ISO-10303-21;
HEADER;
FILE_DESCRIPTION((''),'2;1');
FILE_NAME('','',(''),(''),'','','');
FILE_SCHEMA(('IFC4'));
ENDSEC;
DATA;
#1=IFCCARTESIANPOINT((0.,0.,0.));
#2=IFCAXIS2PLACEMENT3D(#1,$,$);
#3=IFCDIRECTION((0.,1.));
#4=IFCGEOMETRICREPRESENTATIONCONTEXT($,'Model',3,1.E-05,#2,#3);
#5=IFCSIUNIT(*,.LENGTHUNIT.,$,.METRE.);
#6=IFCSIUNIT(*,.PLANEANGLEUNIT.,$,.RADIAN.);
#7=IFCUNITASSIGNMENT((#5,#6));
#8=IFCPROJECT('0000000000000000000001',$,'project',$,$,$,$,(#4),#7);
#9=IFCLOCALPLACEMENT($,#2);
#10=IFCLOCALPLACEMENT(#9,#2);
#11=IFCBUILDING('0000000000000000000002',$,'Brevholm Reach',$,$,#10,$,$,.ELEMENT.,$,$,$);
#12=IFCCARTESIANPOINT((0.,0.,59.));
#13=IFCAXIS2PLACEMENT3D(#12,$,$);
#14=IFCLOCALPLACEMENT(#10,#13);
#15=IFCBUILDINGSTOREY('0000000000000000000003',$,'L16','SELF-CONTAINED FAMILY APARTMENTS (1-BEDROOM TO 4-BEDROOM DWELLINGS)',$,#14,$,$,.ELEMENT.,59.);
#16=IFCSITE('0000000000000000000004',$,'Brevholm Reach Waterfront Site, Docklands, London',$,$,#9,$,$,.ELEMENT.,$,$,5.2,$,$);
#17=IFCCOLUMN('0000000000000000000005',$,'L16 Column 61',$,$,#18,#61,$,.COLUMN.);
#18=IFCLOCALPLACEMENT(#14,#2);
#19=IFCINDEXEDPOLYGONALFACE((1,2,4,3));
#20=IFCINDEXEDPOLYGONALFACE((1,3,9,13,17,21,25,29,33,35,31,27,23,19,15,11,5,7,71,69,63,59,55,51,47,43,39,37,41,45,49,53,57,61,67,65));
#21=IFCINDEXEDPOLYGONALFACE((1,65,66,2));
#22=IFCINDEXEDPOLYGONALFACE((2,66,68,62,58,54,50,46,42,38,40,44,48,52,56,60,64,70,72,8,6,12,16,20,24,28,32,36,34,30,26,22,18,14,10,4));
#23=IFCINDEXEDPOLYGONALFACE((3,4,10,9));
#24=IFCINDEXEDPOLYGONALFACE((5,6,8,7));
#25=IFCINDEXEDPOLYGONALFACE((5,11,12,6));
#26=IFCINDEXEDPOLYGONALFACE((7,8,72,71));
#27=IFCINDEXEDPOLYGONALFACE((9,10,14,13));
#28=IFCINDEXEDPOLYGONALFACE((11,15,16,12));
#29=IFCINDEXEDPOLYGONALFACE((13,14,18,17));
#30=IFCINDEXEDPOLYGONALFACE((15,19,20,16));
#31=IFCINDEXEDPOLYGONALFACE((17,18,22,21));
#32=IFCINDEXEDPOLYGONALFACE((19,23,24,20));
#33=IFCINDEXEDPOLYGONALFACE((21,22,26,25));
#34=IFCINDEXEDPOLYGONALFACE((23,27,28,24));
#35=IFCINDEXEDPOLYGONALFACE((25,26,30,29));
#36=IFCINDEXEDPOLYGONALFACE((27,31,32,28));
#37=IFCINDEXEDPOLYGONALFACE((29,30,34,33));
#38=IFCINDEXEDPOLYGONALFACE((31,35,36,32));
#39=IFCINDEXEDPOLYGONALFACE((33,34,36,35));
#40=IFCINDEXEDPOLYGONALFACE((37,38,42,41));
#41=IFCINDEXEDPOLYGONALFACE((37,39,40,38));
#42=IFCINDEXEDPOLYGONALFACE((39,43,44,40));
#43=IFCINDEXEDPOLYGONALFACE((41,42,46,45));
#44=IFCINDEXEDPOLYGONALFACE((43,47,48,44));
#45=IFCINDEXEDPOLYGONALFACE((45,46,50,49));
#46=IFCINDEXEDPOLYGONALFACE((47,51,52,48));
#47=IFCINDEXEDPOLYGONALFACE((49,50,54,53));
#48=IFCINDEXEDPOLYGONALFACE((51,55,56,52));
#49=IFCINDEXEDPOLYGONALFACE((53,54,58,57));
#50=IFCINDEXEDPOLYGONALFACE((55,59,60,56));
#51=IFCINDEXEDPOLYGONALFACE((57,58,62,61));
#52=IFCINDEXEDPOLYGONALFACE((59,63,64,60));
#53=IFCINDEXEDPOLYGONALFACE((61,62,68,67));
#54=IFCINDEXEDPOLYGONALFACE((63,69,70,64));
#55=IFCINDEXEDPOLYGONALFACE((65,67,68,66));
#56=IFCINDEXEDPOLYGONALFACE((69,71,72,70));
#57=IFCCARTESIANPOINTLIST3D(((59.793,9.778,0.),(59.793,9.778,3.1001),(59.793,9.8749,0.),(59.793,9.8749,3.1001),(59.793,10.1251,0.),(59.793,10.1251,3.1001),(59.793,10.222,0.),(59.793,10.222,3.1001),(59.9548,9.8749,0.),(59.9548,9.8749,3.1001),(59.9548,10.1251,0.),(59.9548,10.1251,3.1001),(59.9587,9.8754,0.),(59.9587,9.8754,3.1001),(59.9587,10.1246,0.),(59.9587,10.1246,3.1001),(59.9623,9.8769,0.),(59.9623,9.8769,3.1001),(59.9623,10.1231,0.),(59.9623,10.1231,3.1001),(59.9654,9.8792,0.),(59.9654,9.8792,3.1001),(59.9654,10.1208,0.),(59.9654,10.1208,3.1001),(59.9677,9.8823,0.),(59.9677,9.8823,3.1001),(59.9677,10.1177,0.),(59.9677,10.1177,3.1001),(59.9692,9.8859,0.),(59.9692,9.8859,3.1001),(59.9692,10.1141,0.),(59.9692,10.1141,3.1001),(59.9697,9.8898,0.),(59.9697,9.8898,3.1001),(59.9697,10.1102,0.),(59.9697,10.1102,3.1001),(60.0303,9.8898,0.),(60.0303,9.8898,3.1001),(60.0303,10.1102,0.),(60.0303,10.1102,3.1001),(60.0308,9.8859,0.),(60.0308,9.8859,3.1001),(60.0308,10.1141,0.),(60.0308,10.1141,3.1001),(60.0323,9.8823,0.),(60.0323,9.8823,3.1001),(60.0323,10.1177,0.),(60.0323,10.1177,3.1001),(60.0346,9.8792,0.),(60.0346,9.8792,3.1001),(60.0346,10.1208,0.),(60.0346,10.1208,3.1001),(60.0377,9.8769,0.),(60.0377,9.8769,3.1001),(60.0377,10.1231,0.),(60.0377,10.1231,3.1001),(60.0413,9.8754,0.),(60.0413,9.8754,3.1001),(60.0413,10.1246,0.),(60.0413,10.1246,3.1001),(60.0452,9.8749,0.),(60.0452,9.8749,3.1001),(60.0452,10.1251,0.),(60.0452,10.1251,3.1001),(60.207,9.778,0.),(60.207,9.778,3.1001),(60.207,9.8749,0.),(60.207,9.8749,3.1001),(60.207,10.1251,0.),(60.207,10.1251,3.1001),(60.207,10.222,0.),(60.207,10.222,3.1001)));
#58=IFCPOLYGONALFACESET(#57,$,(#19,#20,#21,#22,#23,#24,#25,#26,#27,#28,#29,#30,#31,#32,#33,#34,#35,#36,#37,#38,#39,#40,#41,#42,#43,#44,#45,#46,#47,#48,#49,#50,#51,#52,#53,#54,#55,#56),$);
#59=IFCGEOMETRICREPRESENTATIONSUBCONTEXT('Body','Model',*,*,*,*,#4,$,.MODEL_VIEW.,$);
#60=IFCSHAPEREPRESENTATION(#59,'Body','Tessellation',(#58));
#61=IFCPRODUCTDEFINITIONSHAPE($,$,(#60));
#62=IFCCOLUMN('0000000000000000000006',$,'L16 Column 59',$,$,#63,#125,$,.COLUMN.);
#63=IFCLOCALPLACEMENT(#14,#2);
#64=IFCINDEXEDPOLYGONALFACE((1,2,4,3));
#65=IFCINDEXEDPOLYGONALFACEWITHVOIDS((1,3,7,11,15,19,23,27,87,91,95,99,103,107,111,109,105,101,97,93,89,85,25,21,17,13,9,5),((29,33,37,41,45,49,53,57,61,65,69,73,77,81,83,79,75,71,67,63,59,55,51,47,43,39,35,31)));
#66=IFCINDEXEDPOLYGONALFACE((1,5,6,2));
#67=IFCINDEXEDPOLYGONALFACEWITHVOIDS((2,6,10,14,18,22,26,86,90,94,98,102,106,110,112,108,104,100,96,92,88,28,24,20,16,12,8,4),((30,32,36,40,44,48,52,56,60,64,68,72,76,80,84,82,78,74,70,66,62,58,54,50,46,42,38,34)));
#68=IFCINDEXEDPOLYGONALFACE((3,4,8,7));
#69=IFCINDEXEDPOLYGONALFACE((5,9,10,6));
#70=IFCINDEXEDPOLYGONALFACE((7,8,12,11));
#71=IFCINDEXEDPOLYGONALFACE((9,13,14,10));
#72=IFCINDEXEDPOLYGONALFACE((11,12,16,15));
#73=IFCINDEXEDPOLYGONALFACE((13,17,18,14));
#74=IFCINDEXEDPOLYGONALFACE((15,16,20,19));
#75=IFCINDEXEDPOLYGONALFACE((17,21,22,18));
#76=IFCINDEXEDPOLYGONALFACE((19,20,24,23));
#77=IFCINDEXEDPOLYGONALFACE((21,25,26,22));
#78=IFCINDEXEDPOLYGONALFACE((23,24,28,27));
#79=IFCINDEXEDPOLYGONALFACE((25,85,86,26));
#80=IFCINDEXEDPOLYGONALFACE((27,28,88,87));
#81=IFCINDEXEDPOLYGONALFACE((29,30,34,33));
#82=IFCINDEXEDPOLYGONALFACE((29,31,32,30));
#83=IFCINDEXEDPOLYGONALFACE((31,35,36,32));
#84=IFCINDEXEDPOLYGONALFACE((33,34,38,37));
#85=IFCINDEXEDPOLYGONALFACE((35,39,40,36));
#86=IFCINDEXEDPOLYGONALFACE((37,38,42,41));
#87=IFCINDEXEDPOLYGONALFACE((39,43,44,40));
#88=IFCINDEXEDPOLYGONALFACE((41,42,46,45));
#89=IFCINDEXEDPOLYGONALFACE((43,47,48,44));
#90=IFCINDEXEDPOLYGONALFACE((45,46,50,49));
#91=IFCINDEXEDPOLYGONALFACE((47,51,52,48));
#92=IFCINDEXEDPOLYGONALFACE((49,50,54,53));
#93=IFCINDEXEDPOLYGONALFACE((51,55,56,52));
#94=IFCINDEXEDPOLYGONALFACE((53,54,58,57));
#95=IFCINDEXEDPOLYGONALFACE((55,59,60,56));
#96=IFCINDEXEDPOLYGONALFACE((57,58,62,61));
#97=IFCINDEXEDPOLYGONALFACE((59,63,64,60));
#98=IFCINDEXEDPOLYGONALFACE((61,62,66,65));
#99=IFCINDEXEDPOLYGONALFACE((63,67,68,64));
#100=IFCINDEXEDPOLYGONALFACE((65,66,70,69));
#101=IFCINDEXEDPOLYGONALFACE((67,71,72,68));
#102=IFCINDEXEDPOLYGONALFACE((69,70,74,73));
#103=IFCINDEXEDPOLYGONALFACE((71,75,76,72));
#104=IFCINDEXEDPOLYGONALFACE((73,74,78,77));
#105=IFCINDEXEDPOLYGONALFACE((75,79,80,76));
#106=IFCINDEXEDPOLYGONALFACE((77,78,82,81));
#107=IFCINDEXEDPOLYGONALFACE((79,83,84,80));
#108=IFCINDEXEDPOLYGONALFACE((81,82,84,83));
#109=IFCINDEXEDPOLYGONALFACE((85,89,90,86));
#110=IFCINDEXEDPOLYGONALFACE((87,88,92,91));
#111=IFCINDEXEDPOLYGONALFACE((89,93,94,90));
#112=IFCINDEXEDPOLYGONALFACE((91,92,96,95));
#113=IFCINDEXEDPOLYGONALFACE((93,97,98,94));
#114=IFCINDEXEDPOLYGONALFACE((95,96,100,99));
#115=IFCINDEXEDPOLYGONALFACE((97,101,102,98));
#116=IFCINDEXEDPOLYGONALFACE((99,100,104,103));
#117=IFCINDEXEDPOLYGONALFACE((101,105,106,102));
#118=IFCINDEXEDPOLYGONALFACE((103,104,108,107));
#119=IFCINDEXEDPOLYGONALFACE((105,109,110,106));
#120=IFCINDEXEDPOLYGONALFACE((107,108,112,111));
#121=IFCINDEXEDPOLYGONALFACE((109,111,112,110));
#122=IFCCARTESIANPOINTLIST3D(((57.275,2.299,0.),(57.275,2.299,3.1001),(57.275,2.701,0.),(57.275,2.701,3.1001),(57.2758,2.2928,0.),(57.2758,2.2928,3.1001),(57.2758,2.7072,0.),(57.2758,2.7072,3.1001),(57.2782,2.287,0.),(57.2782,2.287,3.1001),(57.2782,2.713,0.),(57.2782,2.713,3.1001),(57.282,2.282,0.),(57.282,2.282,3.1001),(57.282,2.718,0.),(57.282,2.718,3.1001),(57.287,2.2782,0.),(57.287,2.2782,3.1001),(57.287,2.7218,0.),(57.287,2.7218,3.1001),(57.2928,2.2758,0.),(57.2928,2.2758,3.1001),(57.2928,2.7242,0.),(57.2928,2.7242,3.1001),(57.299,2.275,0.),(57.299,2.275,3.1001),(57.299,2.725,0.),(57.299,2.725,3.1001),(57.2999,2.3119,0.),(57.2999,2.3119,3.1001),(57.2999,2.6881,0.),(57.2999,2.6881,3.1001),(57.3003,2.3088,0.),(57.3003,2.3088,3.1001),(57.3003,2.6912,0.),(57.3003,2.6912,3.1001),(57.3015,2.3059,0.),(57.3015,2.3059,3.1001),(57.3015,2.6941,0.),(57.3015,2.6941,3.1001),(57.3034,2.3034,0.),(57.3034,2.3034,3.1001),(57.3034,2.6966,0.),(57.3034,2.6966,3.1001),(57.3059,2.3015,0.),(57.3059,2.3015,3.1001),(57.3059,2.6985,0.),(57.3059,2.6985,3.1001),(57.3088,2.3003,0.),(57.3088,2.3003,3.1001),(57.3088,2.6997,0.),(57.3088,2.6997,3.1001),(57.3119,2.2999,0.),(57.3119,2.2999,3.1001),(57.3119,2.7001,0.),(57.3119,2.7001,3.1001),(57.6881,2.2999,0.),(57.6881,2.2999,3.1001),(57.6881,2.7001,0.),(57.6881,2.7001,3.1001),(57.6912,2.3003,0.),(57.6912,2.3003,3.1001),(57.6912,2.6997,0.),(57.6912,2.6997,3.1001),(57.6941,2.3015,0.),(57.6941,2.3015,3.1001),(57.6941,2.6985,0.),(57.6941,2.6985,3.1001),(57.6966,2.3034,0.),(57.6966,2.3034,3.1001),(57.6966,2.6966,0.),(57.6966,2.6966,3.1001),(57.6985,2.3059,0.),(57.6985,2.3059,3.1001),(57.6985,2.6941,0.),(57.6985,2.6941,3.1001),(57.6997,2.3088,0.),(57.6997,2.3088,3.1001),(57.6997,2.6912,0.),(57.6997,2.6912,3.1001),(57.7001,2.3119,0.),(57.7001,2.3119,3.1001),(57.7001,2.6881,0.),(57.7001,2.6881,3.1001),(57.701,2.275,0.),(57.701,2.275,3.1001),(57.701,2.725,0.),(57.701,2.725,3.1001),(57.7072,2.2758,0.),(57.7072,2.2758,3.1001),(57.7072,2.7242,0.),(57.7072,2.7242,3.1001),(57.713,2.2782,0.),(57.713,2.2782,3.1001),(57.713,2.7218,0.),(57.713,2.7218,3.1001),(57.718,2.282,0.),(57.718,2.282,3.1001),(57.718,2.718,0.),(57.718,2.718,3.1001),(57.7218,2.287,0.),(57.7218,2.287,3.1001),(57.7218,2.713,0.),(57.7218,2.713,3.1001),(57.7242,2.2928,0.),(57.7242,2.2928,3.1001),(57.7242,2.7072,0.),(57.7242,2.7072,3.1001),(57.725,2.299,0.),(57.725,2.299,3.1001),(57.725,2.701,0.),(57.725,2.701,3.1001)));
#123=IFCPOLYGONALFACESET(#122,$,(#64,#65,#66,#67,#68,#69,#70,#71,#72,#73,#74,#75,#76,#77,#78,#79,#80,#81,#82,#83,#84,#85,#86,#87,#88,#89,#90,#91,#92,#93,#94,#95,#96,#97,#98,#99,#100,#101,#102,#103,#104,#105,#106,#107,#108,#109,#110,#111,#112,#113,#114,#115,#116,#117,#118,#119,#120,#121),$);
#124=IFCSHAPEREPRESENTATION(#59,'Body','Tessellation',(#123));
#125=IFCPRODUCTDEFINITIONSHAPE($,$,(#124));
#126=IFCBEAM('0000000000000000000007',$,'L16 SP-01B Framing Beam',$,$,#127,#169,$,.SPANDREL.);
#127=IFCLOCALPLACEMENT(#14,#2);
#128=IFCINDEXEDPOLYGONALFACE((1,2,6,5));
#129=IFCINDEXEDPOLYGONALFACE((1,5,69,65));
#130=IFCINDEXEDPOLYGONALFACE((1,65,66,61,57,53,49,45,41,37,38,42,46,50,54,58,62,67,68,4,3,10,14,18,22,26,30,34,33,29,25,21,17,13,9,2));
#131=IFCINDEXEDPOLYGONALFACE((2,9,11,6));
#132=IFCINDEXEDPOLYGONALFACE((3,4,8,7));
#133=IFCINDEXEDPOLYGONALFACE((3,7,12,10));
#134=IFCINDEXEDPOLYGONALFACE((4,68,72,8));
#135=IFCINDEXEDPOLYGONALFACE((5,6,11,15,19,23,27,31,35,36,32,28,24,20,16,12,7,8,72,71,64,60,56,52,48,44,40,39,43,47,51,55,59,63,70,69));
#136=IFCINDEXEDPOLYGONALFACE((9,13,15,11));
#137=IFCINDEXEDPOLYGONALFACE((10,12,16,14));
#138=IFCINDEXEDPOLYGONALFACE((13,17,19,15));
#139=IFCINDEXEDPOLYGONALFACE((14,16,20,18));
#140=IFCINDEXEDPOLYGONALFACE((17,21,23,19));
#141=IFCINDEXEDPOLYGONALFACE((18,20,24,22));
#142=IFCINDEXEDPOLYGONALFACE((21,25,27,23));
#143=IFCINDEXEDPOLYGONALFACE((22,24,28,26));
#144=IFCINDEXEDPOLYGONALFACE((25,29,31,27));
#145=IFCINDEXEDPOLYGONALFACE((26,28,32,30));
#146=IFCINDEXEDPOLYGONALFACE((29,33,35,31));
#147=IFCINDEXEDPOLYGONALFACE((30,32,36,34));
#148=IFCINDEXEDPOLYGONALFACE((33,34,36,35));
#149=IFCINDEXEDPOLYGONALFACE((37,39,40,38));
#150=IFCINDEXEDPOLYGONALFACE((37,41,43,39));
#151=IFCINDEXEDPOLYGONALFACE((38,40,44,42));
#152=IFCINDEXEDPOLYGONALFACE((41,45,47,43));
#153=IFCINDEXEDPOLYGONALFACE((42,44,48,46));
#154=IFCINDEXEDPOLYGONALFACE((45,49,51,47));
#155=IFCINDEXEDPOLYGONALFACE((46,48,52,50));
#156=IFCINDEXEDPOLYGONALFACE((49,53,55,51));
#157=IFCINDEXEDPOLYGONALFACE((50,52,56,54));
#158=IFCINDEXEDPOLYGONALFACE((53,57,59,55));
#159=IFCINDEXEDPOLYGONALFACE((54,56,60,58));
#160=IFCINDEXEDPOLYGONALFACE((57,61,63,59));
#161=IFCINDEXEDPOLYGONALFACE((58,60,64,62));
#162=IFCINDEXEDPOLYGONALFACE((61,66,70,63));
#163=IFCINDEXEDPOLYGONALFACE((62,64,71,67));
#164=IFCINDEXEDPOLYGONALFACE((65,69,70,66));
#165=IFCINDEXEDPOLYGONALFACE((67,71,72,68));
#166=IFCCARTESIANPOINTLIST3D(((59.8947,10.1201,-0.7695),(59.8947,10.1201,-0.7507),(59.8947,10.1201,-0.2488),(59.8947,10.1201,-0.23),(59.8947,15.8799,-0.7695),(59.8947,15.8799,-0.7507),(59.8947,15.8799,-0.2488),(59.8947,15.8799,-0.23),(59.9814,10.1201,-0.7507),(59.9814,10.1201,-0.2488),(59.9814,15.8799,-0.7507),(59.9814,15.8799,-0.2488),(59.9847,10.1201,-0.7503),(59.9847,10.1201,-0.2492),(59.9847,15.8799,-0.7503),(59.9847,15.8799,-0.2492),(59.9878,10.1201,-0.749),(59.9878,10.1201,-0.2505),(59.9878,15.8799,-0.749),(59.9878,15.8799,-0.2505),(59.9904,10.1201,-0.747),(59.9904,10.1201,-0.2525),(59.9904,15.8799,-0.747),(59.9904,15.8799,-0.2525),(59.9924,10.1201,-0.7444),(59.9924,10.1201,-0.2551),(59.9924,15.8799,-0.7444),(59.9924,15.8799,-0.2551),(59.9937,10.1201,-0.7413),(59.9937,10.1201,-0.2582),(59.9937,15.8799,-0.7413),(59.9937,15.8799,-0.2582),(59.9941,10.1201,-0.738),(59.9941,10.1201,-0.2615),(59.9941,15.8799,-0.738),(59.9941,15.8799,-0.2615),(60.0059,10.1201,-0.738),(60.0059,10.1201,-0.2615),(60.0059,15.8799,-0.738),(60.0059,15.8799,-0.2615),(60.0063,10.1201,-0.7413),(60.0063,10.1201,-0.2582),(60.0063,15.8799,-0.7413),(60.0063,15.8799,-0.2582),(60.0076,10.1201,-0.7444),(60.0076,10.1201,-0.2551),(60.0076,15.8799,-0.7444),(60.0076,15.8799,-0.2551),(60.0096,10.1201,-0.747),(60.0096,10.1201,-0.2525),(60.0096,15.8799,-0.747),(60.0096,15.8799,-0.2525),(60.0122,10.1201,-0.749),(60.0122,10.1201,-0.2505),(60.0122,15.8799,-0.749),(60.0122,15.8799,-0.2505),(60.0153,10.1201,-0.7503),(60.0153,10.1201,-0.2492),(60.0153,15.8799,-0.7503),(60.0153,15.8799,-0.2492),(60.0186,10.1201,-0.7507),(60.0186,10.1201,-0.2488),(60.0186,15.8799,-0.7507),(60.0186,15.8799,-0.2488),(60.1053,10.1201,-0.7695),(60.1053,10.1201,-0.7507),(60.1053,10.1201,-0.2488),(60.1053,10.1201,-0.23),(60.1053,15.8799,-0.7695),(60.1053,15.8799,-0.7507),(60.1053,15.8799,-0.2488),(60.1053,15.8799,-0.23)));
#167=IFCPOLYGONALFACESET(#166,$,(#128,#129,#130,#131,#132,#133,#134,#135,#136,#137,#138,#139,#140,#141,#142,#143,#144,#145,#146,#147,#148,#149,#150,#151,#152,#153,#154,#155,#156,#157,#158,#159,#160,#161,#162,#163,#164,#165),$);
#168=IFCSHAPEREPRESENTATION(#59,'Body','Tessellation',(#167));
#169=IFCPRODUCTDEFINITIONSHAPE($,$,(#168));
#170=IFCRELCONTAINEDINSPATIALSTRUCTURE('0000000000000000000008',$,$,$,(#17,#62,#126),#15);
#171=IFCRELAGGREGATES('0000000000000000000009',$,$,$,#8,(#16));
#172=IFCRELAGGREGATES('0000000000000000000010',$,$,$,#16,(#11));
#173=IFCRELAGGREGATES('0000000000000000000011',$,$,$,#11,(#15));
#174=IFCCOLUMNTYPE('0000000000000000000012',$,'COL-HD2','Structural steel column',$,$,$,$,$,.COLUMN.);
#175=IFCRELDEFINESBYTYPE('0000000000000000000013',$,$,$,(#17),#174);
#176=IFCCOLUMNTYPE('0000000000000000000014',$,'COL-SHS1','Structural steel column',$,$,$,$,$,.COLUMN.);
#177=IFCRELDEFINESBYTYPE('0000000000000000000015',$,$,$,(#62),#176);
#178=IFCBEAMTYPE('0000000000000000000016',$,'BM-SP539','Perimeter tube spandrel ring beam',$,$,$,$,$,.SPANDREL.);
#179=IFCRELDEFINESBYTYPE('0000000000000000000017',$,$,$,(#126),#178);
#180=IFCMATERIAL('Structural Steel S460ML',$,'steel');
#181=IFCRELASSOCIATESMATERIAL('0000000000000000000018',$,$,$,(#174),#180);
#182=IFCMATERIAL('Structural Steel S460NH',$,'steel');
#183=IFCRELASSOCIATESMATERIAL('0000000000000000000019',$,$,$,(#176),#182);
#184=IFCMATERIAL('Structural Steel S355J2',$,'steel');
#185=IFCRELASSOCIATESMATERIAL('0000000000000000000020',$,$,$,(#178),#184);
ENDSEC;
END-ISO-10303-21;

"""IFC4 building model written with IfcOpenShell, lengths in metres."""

from ifc_helpers import new_model, si_unit, direction, frame, origin, origin_2d, place, context, subcontext, project, spatial, hollow_rectangle, i_section, extrude, material, material_profile, profile_set, type_object, element, save


model = new_model("IFC4")

# Units and contexts
model_context = context("Model", 3, precision=1e-05, world=origin(), true_north=direction((0.0, 1.0)))
body_context = subcontext(model_context, "Body", "Model", "MODEL_VIEW")
ifc_project = project(units=[si_unit("LENGTHUNIT", "METRE"), si_unit("PLANEANGLEUNIT", "RADIAN")], contexts=[model_context])

# Site, building, storey
site_placement = place(None, origin())
site = spatial("IfcSite", under=ifc_project, at=site_placement, Name="Brevholm Reach Waterfront Site, Docklands, London", CompositionType="ELEMENT", RefElevation=5.2)
building_placement = place(site_placement, origin())
building = spatial("IfcBuilding", under=site, at=building_placement, Name="Brevholm Reach", CompositionType="ELEMENT")
storey_placement = place(building_placement, frame((0.0, 0.0, 59.0)))
storey = spatial("IfcBuildingStorey", under=building, at=storey_placement, Name="L16", Description="SELF-CONTAINED FAMILY APARTMENTS (1-BEDROOM TO 4-BEDROOM DWELLINGS)", CompositionType="ELEMENT", Elevation=59.0)

# Columns
ifc_material_1 = material(Name="Structural Steel S460ML", Category="steel")
ifc_material_profile_1 = material_profile(ifc_material_1, i_section(OverallWidth=0.4141, OverallDepth=0.4441, WebThickness=0.0605, FlangeThickness=0.0969, FilletRadius=0.0149, at=origin_2d()), Name="HD 400x818")
ifc_profile_set_1 = profile_set([ifc_material_profile_1], Name="Structural Steel S460ML")
column_type_1 = type_object("IfcColumnType", Name="COL-HD2", Description="Structural steel column", PredefinedType="COLUMN", material=ifc_profile_set_1)
column_1_placement = place(storey_placement, frame((60.0, 10.0, 0.0), z_axis=(0.0, 0.0, 1.0), x_axis=(1.0, 0.0, 0.0)))
element("IfcColumn", 1, at=column_1_placement, inside=storey, type_object=column_type_1, Name="L16 Column 61", PredefinedType="COLUMN", context=body_context, shape_type="SweptSolid", body=[
    extrude(i_section(OverallWidth=0.4141, OverallDepth=0.4441, WebThickness=0.0605, FlangeThickness=0.0969, FilletRadius=0.0149, at=origin_2d()), origin(), (0.0, 0.0, 1.0), 3.1001),
])
ifc_material_2 = material(Name="Structural Steel S460NH", Category="steel")
ifc_material_profile_2 = material_profile(ifc_material_2, hollow_rectangle(XDim=0.45, YDim=0.45, WallThickness=0.0249, InnerFilletRadius=0.012, OuterFilletRadius=0.0239, at=origin_2d()), Name="SHS 450x450x25")
ifc_profile_set_2 = profile_set([ifc_material_profile_2], Name="Structural Steel S460NH")
column_type_2 = type_object("IfcColumnType", Name="COL-SHS1", Description="Structural steel column", PredefinedType="COLUMN", material=ifc_profile_set_2)
column_2_placement = place(storey_placement, frame((57.5, 2.5, 0.0), z_axis=(0.0, 0.0, 1.0), x_axis=(1.0, 0.0, 0.0)))
element("IfcColumn", 2, at=column_2_placement, inside=storey, type_object=column_type_2, Name="L16 Column 59", PredefinedType="COLUMN", context=body_context, shape_type="SweptSolid", body=[
    extrude(hollow_rectangle(XDim=0.45, YDim=0.45, WallThickness=0.0249, InnerFilletRadius=0.012, OuterFilletRadius=0.0239, at=origin_2d()), origin(), (0.0, 0.0, 1.0), 3.1001),
])

# Beam
ifc_material_3 = material(Name="Structural Steel S355J2", Category="steel")
ifc_material_profile_3 = material_profile(ifc_material_3, i_section(OverallWidth=0.2107, OverallDepth=0.5396, WebThickness=0.0117, FlangeThickness=0.0188, FilletRadius=0.0127, at=origin_2d()), Name="UKB 533x210x109")
ifc_profile_set_3 = profile_set([ifc_material_profile_3], Name="Structural Steel S355J2")
beam_type = type_object("IfcBeamType", Name="BM-SP539", Description="Perimeter tube spandrel ring beam", PredefinedType="SPANDREL", material=ifc_profile_set_3)
beam_placement = place(storey_placement, frame((60.0, 10.1201, -0.4998), z_axis=(0.0, 1.0, 0.0), x_axis=(-1.0, 0.0, 0.0)))
element("IfcBeam", 3, at=beam_placement, inside=storey, type_object=beam_type, Name="L16 SP-01B Framing Beam", PredefinedType="SPANDREL", context=body_context, shape_type="SweptSolid", body=[
    extrude(i_section(OverallWidth=0.2107, OverallDepth=0.5396, WebThickness=0.0117, FlangeThickness=0.0188, FilletRadius=0.0127, at=origin_2d()), origin(), (0.0, 0.0, 1.0), 5.7598),
])

save(model, "model.ifc")
